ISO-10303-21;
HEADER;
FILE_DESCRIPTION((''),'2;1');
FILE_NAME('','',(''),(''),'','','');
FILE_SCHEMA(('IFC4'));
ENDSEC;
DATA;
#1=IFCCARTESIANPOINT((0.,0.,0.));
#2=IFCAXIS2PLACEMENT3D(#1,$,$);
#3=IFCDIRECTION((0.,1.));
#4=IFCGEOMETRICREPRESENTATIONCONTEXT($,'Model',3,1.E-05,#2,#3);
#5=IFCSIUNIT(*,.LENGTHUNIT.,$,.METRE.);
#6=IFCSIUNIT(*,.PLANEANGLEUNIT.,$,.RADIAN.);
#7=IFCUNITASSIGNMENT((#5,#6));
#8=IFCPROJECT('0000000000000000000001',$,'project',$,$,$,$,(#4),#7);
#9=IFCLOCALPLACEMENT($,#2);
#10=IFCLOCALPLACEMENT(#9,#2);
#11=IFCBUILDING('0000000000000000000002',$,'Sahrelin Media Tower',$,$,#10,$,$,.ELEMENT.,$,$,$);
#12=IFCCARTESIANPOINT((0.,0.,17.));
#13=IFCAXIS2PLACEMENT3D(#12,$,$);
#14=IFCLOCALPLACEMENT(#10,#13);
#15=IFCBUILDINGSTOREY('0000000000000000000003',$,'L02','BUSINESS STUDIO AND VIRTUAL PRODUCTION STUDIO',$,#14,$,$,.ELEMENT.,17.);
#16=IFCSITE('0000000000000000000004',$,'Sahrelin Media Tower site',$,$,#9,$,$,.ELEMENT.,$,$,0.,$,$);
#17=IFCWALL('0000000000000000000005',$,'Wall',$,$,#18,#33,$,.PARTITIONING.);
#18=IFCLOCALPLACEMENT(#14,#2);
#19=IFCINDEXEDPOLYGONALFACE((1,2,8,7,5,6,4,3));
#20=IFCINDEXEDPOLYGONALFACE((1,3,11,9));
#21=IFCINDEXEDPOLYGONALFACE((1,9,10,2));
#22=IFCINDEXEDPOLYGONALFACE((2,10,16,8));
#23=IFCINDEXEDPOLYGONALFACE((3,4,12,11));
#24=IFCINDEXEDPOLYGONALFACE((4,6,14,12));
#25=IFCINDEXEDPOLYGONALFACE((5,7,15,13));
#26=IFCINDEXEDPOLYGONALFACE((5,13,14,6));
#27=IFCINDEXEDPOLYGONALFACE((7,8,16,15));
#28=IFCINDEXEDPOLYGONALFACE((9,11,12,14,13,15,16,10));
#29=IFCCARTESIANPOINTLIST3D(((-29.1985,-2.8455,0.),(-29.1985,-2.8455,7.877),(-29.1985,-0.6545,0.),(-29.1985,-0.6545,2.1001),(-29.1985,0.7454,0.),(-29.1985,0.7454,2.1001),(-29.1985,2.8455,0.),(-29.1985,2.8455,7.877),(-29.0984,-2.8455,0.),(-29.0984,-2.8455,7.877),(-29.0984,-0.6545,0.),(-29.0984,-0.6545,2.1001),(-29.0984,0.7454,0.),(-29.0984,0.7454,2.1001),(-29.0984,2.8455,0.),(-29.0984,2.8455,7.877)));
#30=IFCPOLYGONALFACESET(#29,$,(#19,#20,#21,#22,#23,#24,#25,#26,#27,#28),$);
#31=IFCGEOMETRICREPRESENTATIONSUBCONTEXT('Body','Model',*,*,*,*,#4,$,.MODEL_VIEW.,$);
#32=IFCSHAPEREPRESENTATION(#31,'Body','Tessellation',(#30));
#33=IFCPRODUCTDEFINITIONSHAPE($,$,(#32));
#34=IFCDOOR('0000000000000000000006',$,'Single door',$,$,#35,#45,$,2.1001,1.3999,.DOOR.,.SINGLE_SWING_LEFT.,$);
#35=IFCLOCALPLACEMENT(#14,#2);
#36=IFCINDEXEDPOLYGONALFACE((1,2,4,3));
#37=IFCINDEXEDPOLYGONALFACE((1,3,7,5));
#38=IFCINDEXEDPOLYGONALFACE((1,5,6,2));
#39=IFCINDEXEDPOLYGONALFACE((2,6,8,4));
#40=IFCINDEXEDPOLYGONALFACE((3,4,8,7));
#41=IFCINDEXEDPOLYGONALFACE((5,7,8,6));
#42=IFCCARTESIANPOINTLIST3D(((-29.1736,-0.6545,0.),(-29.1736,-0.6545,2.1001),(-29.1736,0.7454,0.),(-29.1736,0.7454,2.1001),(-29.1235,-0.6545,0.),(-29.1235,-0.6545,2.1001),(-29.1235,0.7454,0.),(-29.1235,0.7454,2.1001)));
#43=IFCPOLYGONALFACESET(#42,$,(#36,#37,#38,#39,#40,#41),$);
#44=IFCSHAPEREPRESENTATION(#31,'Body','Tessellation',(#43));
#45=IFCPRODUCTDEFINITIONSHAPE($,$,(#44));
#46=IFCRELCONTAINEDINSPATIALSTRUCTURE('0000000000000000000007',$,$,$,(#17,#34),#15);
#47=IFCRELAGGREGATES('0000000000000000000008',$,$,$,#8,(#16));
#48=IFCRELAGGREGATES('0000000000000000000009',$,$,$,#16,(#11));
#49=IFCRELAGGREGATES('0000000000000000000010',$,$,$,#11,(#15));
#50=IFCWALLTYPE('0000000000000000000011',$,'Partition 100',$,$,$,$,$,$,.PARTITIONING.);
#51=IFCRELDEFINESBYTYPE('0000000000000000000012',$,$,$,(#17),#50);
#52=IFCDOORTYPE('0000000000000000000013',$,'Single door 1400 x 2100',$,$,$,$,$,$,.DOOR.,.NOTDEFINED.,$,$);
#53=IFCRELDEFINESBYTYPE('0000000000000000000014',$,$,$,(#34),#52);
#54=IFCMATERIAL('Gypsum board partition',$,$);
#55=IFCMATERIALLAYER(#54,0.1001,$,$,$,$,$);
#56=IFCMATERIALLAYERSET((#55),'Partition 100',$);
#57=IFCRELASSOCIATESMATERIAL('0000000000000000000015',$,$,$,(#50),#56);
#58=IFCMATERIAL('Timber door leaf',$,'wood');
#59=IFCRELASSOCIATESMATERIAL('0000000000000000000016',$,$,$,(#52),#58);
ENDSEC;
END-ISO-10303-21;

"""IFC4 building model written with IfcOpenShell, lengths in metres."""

from ifc_helpers import new_model, si_unit, direction, frame, frame_2d, origin, place, context, subcontext, project, spatial, rectangle, extrude, material, layer, layer_set, type_object, element, fill, save


model = new_model("IFC4")

# Units and contexts
model_context = context("Model", 3, precision=1e-05, world=origin(), true_north=direction((0.0, 1.0)))
body_context = subcontext(model_context, "Body", "Model", "MODEL_VIEW")
ifc_project = project(units=[si_unit("LENGTHUNIT", "METRE"), si_unit("PLANEANGLEUNIT", "RADIAN")], contexts=[model_context])

# Site, building, storey
site_placement = place(None, origin())
site = spatial("IfcSite", under=ifc_project, at=site_placement, Name="Sahrelin Media Tower site", CompositionType="ELEMENT", RefElevation=0.0)
building_placement = place(site_placement, origin())
building = spatial("IfcBuilding", under=site, at=building_placement, Name="Sahrelin Media Tower", CompositionType="ELEMENT")
storey_placement = place(building_placement, frame((0.0, 0.0, 17.0)))
storey = spatial("IfcBuildingStorey", under=building, at=storey_placement, Name="L02", Description="BUSINESS STUDIO AND VIRTUAL PRODUCTION STUDIO", CompositionType="ELEMENT", Elevation=17.0)

# Wall, opening, door
ifc_material_1 = material(Name="Gypsum board partition")
ifc_layer_1 = layer(ifc_material_1, 0.1001)
ifc_layer_set_1 = layer_set([ifc_layer_1], Name="Partition 100")
wall_type_1 = type_object("IfcWallType", Name="Partition 100", PredefinedType="PARTITIONING", material=ifc_layer_set_1)
wall_1_placement = place(storey_placement, frame((-29.1484, 2.8455, 0.0), z_axis=(0.0, 0.0, 1.0), x_axis=(0.0, -1.0, 0.0)))
wall_1 = element("IfcWall", 1, at=wall_1_placement, inside=storey, type_object=wall_type_1, Name="Wall", PredefinedType="PARTITIONING", context=body_context, shape_type="SweptSolid", body=[
    extrude(rectangle(XDim=5.6909, YDim=0.1001, at=frame_2d((2.8455, 0.0))), origin(), (0.0, 0.0, 1.0), 7.877),
])
opening_1_placement = place(wall_1_placement, frame((2.1001, 0.0, 0.0)))
opening_1 = element("IfcOpeningElement", 2, at=opening_1_placement, cuts=wall_1, PredefinedType="OPENING", context=body_context, shape_type="SweptSolid", body=[
    extrude(rectangle(XDim=1.3999, YDim=2.1001, at=frame_2d((0.7, 1.05))), frame((0.0, 0.05, 0.0), z_axis=(0.0, -1.0, 0.0), x_axis=(1.0, 0.0, 0.0)), (0.0, 0.0, 1.0), 0.1001),
])
ifc_material_2 = material(Name="Timber door leaf", Category="wood")
door_type_1 = type_object("IfcDoorType", Name="Single door 1400 x 2100", OperationType="NOTDEFINED", PredefinedType="DOOR", material=ifc_material_2)
door_1_placement = place(opening_1_placement, origin())
door_1 = element("IfcDoor", 3, at=door_1_placement, inside=storey, type_object=door_type_1, Name="Single door", OperationType="SINGLE_SWING_LEFT", OverallHeight=2.1001, OverallWidth=1.3999, PredefinedType="DOOR", context=body_context, shape_type="SweptSolid", body=[
    extrude(rectangle(XDim=1.3999, YDim=2.1001, at=frame_2d((0.7, 1.05))), frame((0.0, 0.0249, 0.0), z_axis=(0.0, -1.0, 0.0), x_axis=(1.0, 0.0, 0.0)), (0.0, 0.0, 1.0), 0.05),
])
fill(opening_1, door_1)

save(model, "model.ifc")
